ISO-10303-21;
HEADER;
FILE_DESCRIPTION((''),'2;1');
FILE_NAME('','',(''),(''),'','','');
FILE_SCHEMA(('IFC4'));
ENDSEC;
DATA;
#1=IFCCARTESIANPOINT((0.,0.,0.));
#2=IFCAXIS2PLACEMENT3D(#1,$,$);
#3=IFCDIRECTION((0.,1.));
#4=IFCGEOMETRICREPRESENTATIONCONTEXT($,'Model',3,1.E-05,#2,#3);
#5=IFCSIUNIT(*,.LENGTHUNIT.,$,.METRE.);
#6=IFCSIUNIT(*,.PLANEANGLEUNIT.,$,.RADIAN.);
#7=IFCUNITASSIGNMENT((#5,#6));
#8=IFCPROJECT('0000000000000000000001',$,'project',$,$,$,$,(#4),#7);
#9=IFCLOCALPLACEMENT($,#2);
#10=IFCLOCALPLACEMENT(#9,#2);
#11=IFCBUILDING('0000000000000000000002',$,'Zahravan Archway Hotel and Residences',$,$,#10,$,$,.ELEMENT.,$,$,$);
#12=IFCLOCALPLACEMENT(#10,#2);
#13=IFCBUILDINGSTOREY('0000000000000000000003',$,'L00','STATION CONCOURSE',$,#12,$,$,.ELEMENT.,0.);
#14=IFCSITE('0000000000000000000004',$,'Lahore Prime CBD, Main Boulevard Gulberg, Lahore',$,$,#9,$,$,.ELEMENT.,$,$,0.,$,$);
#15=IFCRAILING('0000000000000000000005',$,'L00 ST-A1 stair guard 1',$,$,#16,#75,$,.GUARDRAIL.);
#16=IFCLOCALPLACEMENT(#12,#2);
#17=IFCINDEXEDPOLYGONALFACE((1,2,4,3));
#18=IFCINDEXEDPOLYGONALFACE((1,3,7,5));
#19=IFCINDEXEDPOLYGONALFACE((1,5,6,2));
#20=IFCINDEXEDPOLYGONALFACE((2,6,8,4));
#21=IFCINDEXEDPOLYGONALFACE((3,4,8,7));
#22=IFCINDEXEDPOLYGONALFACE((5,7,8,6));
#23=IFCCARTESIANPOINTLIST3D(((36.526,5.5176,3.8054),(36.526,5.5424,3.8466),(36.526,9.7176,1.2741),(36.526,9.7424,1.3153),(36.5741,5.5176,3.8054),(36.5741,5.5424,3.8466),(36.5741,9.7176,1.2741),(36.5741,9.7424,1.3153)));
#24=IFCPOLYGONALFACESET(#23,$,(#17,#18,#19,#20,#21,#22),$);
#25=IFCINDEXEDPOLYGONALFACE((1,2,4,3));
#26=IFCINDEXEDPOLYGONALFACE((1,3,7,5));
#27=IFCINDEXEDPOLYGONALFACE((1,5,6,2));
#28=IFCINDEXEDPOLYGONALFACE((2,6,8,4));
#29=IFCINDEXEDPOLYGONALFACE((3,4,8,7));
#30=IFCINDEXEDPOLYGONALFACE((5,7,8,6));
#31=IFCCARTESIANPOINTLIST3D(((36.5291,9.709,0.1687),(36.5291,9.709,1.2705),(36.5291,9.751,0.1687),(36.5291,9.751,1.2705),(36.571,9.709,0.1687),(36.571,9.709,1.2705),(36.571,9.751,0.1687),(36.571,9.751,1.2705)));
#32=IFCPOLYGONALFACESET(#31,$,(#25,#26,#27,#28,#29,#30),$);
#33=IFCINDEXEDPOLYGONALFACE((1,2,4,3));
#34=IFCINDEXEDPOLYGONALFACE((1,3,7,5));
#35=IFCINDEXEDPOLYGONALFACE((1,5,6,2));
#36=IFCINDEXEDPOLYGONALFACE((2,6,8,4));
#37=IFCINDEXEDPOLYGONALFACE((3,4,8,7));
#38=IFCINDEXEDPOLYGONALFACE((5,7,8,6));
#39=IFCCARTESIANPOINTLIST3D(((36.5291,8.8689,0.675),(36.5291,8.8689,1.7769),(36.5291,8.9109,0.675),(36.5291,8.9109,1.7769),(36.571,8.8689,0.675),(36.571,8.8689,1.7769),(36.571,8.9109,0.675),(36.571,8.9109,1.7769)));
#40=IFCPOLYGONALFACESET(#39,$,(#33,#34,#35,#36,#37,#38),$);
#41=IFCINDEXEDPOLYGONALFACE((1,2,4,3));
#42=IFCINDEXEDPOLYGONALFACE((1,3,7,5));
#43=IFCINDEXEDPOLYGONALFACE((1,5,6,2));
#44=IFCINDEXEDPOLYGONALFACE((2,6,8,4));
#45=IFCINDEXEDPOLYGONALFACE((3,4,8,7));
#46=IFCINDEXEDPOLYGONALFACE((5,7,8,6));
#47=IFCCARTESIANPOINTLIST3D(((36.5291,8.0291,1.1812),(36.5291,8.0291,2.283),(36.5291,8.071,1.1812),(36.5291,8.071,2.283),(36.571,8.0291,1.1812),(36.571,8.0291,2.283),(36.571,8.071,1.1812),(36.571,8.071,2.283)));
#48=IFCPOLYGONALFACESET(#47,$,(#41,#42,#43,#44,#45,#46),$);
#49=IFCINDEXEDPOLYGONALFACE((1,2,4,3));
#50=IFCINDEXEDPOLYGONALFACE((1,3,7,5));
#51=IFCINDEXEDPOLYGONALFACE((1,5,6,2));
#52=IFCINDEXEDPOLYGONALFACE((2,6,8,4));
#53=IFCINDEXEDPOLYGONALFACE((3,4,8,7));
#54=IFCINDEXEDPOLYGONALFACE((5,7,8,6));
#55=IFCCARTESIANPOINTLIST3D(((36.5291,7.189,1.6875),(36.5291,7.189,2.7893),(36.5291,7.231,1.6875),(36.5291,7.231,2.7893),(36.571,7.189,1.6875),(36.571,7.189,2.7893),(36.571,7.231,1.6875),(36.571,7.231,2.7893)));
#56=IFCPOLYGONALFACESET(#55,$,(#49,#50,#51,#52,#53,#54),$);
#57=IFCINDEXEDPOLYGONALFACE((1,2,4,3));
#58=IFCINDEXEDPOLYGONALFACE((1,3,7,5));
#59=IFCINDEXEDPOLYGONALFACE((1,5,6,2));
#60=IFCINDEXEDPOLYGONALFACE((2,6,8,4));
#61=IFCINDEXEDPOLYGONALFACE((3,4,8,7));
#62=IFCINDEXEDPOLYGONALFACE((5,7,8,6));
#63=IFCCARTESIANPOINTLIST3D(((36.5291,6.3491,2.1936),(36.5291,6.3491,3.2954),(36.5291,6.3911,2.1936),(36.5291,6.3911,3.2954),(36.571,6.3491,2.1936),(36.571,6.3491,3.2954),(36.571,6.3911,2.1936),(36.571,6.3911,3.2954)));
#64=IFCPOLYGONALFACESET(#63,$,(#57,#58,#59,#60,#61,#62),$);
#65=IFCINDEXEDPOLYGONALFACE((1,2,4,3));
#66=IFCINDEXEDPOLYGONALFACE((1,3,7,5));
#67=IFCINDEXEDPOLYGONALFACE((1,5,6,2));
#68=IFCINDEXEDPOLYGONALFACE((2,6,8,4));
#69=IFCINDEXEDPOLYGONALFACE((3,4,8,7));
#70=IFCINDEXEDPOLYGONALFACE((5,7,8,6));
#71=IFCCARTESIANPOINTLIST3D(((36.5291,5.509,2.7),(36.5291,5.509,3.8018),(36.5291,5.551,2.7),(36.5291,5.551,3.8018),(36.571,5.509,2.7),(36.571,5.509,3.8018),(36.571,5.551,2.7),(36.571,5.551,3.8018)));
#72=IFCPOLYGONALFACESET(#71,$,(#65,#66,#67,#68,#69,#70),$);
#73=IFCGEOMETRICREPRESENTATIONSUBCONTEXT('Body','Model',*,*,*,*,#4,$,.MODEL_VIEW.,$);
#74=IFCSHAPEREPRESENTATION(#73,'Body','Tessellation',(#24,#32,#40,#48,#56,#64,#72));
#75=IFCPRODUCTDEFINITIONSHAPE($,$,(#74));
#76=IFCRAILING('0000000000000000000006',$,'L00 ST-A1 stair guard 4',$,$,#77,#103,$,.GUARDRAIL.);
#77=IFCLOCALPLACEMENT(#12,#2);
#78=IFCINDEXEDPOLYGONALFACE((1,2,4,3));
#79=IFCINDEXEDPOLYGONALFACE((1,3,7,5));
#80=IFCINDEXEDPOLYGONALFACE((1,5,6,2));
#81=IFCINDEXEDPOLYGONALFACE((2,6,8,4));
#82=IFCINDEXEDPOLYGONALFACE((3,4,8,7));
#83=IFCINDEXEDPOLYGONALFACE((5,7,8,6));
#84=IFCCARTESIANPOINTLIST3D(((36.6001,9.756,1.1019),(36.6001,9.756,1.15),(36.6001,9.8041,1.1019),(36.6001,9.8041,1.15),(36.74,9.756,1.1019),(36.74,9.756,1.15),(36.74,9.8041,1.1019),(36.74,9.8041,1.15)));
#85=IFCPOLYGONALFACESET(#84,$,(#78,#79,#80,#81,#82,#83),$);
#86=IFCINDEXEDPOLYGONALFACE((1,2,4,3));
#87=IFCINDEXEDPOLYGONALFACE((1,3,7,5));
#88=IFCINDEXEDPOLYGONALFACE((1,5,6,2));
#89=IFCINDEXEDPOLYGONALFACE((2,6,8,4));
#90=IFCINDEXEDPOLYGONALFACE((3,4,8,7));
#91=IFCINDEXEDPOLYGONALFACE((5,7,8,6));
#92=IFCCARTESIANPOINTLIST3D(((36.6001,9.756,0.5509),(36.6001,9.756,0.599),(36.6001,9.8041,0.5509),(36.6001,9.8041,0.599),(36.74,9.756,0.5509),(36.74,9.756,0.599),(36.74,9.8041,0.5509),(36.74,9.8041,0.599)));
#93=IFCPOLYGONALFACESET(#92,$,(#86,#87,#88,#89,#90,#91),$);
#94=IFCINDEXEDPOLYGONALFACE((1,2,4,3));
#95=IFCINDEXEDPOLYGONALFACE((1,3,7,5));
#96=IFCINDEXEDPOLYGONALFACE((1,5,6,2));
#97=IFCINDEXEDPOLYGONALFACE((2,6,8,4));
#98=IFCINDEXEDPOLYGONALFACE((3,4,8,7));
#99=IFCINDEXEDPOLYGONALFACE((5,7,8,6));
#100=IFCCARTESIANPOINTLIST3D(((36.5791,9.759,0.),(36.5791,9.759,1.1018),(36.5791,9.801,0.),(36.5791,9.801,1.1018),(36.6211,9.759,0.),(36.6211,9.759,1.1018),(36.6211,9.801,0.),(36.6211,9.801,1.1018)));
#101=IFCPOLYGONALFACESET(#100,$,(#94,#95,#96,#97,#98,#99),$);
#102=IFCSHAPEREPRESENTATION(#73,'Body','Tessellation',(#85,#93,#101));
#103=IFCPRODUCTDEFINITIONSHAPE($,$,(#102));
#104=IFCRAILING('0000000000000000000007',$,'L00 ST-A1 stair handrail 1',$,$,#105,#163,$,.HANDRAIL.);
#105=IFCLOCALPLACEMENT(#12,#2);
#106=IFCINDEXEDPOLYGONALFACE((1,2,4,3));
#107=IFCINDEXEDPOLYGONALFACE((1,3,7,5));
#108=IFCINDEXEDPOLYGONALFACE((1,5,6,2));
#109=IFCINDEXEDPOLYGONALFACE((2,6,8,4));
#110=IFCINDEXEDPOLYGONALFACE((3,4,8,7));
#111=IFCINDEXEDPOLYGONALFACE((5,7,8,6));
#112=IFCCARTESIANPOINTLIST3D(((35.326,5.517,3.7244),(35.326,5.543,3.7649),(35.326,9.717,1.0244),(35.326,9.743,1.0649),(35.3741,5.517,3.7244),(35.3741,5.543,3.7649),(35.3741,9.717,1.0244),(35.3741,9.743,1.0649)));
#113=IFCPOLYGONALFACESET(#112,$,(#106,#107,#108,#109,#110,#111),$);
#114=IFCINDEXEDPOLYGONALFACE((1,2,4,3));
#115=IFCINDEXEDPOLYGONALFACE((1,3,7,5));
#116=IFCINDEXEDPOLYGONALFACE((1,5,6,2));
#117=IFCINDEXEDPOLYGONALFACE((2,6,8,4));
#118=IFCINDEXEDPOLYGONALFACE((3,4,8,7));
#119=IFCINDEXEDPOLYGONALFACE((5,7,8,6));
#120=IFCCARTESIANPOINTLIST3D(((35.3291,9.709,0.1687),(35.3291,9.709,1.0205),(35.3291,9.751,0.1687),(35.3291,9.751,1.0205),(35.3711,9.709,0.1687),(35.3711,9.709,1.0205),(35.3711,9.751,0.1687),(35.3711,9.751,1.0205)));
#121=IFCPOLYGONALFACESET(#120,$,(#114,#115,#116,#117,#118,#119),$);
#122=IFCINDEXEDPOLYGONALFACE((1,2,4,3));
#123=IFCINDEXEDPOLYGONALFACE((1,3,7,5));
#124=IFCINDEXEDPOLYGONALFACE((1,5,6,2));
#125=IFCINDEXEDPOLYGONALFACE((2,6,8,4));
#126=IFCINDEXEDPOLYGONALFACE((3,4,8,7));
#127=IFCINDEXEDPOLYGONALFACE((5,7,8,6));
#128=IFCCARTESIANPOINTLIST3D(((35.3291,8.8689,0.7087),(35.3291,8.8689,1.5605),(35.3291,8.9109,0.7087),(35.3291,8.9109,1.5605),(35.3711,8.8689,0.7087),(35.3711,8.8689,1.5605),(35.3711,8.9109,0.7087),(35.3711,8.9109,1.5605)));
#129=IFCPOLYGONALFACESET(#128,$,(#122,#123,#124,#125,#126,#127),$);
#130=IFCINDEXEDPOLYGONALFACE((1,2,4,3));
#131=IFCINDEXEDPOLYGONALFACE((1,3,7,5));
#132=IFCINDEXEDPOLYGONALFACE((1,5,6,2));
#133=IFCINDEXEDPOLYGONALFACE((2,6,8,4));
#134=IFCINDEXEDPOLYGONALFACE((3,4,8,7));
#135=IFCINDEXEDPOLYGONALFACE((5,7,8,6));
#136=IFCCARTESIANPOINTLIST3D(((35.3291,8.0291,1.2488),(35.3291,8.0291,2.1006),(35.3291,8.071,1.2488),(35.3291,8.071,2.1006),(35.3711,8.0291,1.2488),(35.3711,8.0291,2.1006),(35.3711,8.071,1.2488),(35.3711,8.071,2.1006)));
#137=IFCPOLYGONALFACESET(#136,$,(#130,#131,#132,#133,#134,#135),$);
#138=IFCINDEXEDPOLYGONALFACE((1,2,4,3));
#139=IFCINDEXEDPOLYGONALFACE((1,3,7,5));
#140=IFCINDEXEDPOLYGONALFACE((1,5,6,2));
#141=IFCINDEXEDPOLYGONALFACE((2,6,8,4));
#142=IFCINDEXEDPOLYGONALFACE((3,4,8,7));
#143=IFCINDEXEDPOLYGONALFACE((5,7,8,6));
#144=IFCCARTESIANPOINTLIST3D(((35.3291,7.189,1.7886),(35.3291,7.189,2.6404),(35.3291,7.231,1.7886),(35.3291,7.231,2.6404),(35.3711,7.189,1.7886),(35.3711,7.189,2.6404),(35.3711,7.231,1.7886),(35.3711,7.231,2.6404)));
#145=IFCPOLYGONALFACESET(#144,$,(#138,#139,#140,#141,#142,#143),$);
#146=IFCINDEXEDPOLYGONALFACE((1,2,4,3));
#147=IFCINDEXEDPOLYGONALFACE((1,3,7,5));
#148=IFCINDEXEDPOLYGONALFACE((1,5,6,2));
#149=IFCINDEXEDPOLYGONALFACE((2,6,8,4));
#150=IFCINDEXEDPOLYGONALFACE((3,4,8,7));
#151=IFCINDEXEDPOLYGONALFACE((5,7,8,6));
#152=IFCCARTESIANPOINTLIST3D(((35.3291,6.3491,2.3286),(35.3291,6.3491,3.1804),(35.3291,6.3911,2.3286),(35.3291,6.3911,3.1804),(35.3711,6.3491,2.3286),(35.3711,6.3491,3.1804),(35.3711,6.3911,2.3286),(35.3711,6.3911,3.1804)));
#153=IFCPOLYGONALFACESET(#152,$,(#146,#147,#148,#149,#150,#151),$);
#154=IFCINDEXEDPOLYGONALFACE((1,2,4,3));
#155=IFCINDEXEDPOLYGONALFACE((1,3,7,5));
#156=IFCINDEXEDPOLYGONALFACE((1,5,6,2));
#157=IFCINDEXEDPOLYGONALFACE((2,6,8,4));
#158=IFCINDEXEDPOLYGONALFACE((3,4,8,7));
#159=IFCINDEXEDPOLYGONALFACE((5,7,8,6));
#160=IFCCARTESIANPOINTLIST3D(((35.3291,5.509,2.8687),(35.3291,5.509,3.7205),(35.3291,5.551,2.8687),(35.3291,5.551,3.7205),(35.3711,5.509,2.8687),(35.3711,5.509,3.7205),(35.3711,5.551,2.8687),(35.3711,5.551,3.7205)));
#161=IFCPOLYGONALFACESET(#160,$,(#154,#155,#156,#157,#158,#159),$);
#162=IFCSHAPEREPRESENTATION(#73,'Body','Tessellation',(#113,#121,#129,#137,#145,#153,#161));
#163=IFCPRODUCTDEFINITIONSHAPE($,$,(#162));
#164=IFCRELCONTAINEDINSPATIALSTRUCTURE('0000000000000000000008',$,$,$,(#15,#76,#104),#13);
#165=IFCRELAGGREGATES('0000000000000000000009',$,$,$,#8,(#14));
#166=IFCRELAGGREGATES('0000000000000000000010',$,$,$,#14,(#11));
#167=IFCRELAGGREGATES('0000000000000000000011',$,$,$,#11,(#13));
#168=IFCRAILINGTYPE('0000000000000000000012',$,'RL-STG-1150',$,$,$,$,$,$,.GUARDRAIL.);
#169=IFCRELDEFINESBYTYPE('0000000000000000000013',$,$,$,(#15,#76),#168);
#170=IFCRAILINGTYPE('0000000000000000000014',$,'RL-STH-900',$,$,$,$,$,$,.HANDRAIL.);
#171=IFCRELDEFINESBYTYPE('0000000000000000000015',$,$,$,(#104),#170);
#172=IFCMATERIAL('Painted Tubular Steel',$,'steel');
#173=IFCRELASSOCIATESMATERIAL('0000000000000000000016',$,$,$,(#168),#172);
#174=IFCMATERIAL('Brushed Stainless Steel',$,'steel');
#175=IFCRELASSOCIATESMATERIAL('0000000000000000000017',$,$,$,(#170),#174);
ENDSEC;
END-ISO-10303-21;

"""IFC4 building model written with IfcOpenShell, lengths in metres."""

from ifc_helpers import new_model, si_unit, direction, frame, origin, origin_2d, place, context, subcontext, project, spatial, rectangle, extrude, material, type_object, element, save


model = new_model("IFC4")

# Units and contexts
model_context = context("Model", 3, precision=1e-05, world=origin(), true_north=direction((0.0, 1.0)))
body_context = subcontext(model_context, "Body", "Model", "MODEL_VIEW")
ifc_project = project(units=[si_unit("LENGTHUNIT", "METRE"), si_unit("PLANEANGLEUNIT", "RADIAN")], contexts=[model_context])

# Site, building, storey
site_placement = place(None, origin())
site = spatial("IfcSite", under=ifc_project, at=site_placement, Name="Lahore Prime CBD, Main Boulevard Gulberg, Lahore", CompositionType="ELEMENT", RefElevation=0.0)
building_placement = place(site_placement, origin())
building = spatial("IfcBuilding", under=site, at=building_placement, Name="Zahravan Archway Hotel and Residences", CompositionType="ELEMENT")
storey_placement = place(building_placement, origin())
storey = spatial("IfcBuildingStorey", under=building, at=storey_placement, Name="L00", Description="STATION CONCOURSE", CompositionType="ELEMENT", Elevation=0.0)

# Shared definitions
ifc_material_1 = material(Name="Brushed Stainless Steel", Category="steel")

# Railings
ifc_material_2 = material(Name="Painted Tubular Steel", Category="steel")
railing_type_1 = type_object("IfcRailingType", Name="RL-STG-1150", PredefinedType="GUARDRAIL", material=ifc_material_2)
railing_1_placement = place(storey_placement, frame((36.55, 9.73, 0.1687)))
element("IfcRailing", 1, at=railing_1_placement, inside=storey, type_object=railing_type_1, Name="L00 ST-A1 stair guard 1", PredefinedType="GUARDRAIL", context=body_context, shape_type="SweptSolid", body=[
    extrude(rectangle(XDim=0.0481, YDim=0.0481, at=origin_2d()), frame((0.0, 0.0, 1.126), z_axis=(0.0, -0.856476, 0.516186), x_axis=(1.0, 0.0, 0.0)), (0.0, 0.0, 1.0), 4.9038),
    extrude(rectangle(XDim=0.042, YDim=0.042, at=origin_2d()), origin(), (0.0, 0.0, 1.0), 1.1018),
    extrude(rectangle(XDim=0.042, YDim=0.042, at=origin_2d()), frame((0.0, -0.8401, 0.5063)), (0.0, 0.0, 1.0), 1.1018),
    extrude(rectangle(XDim=0.042, YDim=0.042, at=origin_2d()), frame((0.0, -1.6799, 1.0125)), (0.0, 0.0, 1.0), 1.1018),
    extrude(rectangle(XDim=0.042, YDim=0.042, at=origin_2d()), frame((0.0, -2.52, 1.5188)), (0.0, 0.0, 1.0), 1.1018),
    extrude(rectangle(XDim=0.042, YDim=0.042, at=origin_2d()), frame((0.0, -3.3599, 2.0249)), (0.0, 0.0, 1.0), 1.1018),
    extrude(rectangle(XDim=0.042, YDim=0.042, at=origin_2d()), frame((0.0, -4.2, 2.5312)), (0.0, 0.0, 1.0), 1.1018),
])
railing_2_placement = place(storey_placement, frame((36.6001, 9.78, 0.0)))
element("IfcRailing", 2, at=railing_2_placement, inside=storey, type_object=railing_type_1, Name="L00 ST-A1 stair guard 4", PredefinedType="GUARDRAIL", context=body_context, shape_type="SweptSolid", body=[
    extrude(rectangle(XDim=0.0481, YDim=0.0481, at=origin_2d()), frame((0.0, 0.0, 1.126), z_axis=(1.0, 0.0, 0.0), x_axis=(0.0, 1.0, 0.0)), (0.0, 0.0, 1.0), 0.1399),
    extrude(rectangle(XDim=0.0481, YDim=0.0481, at=origin_2d()), frame((0.0, 0.0, 0.575), z_axis=(1.0, 0.0, 0.0), x_axis=(0.0, 1.0, 0.0)), (0.0, 0.0, 1.0), 0.1399),
    extrude(rectangle(XDim=0.042, YDim=0.042, at=origin_2d()), origin(), (0.0, 0.0, 1.0), 1.1018),
])
railing_type_2 = type_object("IfcRailingType", Name="RL-STH-900", PredefinedType="HANDRAIL", material=ifc_material_1)
railing_3_placement = place(storey_placement, frame((35.3501, 9.73, 0.1687)))
element("IfcRailing", 3, at=railing_3_placement, inside=storey, type_object=railing_type_2, Name="L00 ST-A1 stair handrail 1", PredefinedType="HANDRAIL", context=body_context, shape_type="SweptSolid", body=[
    extrude(rectangle(XDim=0.0481, YDim=0.0481, at=origin_2d()), frame((0.0, 0.0, 0.876), z_axis=(0.0, -0.84118, 0.540755), x_axis=(1.0, 0.0, 0.0)), (0.0, 0.0, 1.0), 4.9929),
    extrude(rectangle(XDim=0.042, YDim=0.042, at=origin_2d()), origin(), (0.0, 0.0, 1.0), 0.8518),
    extrude(rectangle(XDim=0.042, YDim=0.042, at=origin_2d()), frame((0.0, -0.8401, 0.54)), (0.0, 0.0, 1.0), 0.8518),
    extrude(rectangle(XDim=0.042, YDim=0.042, at=origin_2d()), frame((0.0, -1.6799, 1.0801)), (0.0, 0.0, 1.0), 0.8518),
    extrude(rectangle(XDim=0.042, YDim=0.042, at=origin_2d()), frame((0.0, -2.52, 1.6199)), (0.0, 0.0, 1.0), 0.8518),
    extrude(rectangle(XDim=0.042, YDim=0.042, at=origin_2d()), frame((0.0, -3.3599, 2.1599)), (0.0, 0.0, 1.0), 0.8518),
    extrude(rectangle(XDim=0.042, YDim=0.042, at=origin_2d()), frame((0.0, -4.2, 2.7)), (0.0, 0.0, 1.0), 0.8518),
])

save(model, "model.ifc")
